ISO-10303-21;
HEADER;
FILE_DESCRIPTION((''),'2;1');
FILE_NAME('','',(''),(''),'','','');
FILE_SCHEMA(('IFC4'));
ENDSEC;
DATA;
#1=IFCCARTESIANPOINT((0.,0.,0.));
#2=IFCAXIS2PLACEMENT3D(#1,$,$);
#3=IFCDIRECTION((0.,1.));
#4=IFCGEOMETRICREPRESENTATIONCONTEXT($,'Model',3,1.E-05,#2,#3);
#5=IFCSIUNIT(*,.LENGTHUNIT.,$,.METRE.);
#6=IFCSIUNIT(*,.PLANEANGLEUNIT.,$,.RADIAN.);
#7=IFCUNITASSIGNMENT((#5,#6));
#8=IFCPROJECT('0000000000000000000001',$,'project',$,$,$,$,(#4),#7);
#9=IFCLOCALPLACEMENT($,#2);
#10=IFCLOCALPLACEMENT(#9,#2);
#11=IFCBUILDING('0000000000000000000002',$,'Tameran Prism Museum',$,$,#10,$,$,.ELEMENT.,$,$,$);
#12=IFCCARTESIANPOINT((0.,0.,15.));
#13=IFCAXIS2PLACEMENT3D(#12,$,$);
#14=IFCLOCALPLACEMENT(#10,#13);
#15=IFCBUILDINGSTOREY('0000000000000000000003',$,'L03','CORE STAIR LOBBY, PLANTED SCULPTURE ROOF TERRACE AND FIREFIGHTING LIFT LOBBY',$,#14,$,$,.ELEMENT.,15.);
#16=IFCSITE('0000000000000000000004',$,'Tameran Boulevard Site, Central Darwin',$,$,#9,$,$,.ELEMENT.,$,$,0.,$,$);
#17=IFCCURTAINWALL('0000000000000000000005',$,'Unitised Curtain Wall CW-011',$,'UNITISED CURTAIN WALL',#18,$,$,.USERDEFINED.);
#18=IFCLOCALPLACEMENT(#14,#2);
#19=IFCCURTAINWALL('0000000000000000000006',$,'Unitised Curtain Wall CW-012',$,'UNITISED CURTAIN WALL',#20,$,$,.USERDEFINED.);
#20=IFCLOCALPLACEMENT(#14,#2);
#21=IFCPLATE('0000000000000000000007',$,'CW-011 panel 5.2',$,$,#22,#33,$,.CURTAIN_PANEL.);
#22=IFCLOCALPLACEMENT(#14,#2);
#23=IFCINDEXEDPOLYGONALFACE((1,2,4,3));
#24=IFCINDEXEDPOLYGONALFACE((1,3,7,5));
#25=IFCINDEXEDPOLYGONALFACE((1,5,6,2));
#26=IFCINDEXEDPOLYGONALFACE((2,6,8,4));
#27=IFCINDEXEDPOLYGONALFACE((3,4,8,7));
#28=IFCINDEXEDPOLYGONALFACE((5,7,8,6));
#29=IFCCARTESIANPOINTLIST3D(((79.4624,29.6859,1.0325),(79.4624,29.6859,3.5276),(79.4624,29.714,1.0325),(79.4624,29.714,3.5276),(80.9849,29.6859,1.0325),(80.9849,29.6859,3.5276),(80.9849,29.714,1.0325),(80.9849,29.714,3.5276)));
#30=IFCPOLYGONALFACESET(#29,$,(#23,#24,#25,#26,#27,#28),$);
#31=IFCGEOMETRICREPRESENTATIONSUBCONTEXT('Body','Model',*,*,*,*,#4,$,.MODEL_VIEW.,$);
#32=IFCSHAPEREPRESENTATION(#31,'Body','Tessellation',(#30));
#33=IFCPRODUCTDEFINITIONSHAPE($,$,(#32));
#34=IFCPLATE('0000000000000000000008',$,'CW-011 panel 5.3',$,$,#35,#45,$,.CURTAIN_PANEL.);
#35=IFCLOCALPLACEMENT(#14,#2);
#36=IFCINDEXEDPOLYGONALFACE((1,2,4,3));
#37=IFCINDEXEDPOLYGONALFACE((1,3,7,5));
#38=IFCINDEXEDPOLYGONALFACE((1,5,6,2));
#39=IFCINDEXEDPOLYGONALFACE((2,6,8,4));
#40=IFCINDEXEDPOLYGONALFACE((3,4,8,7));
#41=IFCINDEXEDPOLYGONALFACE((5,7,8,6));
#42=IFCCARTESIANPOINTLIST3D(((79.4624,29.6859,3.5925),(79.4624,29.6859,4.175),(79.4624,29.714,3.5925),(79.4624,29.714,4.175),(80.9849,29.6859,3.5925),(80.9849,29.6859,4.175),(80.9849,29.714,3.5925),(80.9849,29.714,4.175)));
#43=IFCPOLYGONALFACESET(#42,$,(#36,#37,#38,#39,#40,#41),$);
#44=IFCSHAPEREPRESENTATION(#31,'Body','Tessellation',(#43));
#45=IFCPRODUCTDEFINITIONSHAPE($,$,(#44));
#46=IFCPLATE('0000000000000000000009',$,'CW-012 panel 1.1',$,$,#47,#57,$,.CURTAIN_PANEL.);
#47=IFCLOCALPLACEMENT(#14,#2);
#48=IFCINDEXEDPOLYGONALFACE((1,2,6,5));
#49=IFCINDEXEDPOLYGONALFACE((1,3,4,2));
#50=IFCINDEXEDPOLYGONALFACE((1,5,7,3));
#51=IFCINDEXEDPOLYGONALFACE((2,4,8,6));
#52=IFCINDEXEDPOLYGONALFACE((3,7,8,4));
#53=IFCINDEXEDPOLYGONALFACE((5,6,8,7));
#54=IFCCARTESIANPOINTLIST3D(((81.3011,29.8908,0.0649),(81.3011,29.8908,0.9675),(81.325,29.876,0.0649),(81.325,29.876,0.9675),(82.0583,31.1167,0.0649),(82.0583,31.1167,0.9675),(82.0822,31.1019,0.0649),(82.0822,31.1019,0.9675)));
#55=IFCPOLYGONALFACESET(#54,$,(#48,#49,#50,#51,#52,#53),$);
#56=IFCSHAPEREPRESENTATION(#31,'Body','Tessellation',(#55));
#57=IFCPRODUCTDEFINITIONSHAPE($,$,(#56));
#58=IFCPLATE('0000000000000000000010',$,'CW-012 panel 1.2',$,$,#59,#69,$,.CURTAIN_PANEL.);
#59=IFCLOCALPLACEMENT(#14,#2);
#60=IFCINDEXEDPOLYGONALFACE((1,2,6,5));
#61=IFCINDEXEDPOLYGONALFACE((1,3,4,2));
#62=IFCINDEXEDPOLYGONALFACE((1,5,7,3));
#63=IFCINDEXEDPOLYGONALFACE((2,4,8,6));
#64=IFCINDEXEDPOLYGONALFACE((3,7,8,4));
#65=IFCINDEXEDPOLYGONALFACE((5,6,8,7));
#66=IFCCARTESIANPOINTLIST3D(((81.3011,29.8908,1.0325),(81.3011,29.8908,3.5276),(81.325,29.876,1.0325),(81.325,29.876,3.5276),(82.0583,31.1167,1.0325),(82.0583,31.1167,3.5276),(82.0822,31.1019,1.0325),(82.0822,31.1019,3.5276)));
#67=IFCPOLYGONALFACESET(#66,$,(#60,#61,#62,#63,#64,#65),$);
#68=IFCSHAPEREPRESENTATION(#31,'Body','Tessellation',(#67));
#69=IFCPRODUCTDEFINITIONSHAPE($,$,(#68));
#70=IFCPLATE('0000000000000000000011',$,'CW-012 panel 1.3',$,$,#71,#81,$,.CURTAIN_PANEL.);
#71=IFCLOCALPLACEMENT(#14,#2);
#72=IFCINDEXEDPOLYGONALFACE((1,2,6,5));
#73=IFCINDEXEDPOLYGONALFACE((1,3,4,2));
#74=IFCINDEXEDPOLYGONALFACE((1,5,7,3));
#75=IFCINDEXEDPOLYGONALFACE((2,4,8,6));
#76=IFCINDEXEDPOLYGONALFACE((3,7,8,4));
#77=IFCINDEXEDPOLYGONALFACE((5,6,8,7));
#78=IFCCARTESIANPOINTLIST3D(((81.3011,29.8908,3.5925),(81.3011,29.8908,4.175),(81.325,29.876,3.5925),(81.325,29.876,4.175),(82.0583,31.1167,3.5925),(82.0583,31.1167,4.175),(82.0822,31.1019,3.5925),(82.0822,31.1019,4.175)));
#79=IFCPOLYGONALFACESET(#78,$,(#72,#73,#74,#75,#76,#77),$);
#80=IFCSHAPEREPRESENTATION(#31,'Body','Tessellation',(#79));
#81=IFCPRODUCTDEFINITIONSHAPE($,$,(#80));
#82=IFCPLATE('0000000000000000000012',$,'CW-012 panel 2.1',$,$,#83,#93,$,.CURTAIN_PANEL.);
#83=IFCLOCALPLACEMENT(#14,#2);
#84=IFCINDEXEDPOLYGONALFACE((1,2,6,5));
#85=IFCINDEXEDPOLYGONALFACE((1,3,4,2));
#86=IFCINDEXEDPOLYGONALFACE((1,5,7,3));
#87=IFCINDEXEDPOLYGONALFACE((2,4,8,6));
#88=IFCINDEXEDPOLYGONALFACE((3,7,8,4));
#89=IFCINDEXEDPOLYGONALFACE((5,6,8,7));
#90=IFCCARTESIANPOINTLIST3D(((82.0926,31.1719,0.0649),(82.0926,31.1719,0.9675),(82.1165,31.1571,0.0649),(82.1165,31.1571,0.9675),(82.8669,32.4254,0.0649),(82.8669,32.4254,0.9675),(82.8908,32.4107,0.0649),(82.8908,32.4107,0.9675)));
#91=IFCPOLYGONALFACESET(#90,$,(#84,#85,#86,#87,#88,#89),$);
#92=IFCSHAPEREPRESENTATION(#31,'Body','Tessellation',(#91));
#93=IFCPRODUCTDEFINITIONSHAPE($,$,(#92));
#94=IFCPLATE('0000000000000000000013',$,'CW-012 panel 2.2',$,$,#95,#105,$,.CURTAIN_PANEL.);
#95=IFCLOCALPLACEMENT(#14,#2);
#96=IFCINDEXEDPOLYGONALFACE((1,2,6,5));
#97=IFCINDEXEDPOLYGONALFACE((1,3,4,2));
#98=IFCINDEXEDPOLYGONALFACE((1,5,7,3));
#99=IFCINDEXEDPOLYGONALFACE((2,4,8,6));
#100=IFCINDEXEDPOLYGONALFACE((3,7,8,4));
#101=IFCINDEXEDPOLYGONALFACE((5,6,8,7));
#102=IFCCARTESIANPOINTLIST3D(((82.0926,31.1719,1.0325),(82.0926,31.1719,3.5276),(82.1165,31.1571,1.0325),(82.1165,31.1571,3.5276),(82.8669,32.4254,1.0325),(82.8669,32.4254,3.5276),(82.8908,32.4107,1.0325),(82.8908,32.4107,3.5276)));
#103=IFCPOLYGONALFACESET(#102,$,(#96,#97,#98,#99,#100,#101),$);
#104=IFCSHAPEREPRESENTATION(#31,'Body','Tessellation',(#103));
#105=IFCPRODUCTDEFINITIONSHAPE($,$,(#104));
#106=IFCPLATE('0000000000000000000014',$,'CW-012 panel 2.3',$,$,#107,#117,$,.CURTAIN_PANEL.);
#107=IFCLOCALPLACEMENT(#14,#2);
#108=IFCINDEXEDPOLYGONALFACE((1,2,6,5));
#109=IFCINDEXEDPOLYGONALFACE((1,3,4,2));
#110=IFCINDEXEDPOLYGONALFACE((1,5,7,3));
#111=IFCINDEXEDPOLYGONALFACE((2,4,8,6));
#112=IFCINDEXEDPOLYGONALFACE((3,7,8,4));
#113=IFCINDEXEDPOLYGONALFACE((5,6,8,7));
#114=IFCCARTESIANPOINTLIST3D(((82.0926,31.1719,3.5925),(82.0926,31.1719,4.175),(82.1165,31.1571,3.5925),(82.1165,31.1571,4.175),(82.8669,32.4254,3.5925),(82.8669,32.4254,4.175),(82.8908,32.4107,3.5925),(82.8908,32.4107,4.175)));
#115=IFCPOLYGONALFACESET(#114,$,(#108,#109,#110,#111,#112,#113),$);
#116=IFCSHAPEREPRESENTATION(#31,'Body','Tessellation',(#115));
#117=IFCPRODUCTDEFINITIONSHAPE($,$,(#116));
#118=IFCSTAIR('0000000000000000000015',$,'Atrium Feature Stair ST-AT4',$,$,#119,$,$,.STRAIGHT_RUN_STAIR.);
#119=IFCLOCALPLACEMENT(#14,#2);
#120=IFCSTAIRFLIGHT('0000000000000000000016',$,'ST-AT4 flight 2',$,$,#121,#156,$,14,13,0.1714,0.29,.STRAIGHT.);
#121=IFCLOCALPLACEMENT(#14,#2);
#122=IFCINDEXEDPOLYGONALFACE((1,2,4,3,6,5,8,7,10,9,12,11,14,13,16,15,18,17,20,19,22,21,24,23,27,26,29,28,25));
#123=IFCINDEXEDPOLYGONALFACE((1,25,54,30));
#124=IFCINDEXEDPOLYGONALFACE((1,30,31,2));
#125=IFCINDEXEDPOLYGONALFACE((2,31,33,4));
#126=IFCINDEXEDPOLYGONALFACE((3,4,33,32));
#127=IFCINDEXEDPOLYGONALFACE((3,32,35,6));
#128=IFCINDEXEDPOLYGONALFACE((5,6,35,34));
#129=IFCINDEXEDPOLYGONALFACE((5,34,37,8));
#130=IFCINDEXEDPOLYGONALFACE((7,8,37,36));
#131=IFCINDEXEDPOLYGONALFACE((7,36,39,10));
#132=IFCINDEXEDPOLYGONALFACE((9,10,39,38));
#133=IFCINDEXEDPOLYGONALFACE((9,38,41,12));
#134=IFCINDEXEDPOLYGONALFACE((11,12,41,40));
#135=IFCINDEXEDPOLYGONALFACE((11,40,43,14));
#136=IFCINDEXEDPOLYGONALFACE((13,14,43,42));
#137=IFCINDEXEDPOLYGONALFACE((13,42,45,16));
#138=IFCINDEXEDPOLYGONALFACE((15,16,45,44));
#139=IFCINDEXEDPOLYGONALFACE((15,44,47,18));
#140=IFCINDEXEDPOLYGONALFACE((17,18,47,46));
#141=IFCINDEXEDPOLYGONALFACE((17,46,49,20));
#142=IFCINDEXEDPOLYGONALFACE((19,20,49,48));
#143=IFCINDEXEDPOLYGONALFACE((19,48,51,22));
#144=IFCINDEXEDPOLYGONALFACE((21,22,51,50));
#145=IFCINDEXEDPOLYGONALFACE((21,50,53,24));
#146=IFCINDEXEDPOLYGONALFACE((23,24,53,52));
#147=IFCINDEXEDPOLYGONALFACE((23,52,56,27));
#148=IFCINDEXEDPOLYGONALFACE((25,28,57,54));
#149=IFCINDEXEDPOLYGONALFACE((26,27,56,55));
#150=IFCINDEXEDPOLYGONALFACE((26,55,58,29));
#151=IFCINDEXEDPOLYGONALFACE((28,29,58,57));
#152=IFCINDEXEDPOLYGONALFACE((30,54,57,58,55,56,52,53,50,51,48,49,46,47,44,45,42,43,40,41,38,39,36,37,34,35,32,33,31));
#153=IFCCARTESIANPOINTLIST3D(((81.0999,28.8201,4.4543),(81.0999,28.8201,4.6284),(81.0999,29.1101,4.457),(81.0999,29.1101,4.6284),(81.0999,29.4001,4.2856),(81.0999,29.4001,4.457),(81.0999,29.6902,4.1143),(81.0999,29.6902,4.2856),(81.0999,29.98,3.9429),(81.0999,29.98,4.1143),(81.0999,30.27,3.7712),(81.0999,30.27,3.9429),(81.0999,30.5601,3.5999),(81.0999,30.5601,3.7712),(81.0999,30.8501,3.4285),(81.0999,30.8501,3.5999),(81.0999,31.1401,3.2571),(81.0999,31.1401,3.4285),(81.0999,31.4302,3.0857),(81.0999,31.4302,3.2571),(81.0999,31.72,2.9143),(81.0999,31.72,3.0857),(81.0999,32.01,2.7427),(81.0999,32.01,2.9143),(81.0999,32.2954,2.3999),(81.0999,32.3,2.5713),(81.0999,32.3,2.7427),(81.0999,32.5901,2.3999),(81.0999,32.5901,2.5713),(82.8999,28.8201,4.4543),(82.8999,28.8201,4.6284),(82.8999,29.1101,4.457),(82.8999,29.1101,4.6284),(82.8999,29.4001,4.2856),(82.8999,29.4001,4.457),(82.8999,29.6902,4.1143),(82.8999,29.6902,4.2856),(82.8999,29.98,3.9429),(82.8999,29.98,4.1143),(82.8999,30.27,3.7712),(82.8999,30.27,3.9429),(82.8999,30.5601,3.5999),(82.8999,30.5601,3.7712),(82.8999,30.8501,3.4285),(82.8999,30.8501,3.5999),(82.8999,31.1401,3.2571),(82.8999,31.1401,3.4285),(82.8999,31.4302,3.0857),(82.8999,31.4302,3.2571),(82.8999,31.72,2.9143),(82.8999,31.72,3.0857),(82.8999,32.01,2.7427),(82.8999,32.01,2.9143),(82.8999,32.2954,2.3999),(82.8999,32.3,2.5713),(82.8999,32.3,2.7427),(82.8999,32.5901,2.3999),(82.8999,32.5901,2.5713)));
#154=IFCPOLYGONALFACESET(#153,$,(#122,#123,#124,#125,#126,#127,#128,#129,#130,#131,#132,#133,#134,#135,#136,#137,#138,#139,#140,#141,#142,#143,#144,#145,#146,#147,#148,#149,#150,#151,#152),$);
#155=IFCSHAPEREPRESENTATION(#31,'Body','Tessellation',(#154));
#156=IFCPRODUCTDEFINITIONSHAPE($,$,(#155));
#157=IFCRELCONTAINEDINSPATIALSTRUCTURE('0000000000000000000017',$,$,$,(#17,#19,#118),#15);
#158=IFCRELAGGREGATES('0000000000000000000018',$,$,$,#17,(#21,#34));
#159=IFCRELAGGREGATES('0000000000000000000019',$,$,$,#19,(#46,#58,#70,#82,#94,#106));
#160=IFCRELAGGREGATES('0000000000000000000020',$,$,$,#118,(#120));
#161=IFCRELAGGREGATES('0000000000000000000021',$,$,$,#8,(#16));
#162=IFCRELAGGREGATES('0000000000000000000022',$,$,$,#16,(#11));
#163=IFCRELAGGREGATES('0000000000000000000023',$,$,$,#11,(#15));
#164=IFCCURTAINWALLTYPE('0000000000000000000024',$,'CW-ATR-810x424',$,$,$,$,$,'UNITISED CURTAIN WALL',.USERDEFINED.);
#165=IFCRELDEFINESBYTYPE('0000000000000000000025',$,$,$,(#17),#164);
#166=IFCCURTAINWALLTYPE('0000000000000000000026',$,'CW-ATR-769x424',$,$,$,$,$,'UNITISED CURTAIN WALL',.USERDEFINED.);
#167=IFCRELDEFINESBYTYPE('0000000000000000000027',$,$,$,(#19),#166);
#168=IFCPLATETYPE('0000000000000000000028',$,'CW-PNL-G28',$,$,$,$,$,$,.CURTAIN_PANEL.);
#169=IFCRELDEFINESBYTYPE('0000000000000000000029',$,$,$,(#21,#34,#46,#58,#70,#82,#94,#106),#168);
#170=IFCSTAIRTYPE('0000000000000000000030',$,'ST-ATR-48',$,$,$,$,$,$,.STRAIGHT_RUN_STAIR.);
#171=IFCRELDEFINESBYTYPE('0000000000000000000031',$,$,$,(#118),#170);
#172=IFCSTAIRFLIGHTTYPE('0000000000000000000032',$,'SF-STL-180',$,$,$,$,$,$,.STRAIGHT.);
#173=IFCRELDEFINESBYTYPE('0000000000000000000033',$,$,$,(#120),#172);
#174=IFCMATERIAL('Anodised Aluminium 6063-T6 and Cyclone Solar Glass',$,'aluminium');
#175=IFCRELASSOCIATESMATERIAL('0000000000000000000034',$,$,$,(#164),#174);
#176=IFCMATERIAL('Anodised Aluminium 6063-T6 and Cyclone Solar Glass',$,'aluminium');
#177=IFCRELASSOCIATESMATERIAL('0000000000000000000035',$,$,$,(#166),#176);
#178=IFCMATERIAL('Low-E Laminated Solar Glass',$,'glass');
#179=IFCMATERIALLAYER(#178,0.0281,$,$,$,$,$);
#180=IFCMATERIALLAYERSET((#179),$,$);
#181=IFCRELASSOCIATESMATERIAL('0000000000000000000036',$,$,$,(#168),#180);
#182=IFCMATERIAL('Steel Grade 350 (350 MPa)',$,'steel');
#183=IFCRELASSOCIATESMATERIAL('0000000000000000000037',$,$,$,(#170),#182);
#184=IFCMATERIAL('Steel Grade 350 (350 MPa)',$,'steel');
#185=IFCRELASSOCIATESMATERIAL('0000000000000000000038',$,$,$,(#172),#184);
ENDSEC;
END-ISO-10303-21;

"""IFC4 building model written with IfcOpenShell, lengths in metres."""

from ifc_helpers import new_model, si_unit, direction, frame, origin, origin_2d, place, context, subcontext, project, spatial, polyline, rectangle, outline, extrude, material, layer, layer_set, type_object, element, aggregate, save


model = new_model("IFC4")

# Units and contexts
model_context = context("Model", 3, precision=1e-05, world=origin(), true_north=direction((0.0, 1.0)))
body_context = subcontext(model_context, "Body", "Model", "MODEL_VIEW")
ifc_project = project(units=[si_unit("LENGTHUNIT", "METRE"), si_unit("PLANEANGLEUNIT", "RADIAN")], contexts=[model_context])

# Site, building, storey
site_placement = place(None, origin())
site = spatial("IfcSite", under=ifc_project, at=site_placement, Name="Tameran Boulevard Site, Central Darwin", CompositionType="ELEMENT", RefElevation=0.0)
building_placement = place(site_placement, origin())
building = spatial("IfcBuilding", under=site, at=building_placement, Name="Tameran Prism Museum", CompositionType="ELEMENT")
storey_placement = place(building_placement, frame((0.0, 0.0, 15.0)))
storey = spatial("IfcBuildingStorey", under=building, at=storey_placement, Name="L03", Description="CORE STAIR LOBBY, PLANTED SCULPTURE ROOF TERRACE AND FIREFIGHTING LIFT LOBBY", CompositionType="ELEMENT", Elevation=15.0)

# Curtain walls
ifc_material_1 = material(Name="Anodised Aluminium 6063-T6 and Cyclone Solar Glass", Category="aluminium")
curtain_wall_type_1 = type_object("IfcCurtainWallType", Name="CW-ATR-810x424", ElementType="UNITISED CURTAIN WALL", PredefinedType="USERDEFINED", material=ifc_material_1)
curtain_wall_1_placement = place(storey_placement, origin())
curtain_wall_1 = element("IfcCurtainWall", 1, at=curtain_wall_1_placement, inside=storey, type_object=curtain_wall_type_1, Name="Unitised Curtain Wall CW-011", ObjectType="UNITISED CURTAIN WALL", PredefinedType="USERDEFINED")
ifc_material_2 = material(Name="Anodised Aluminium 6063-T6 and Cyclone Solar Glass", Category="aluminium")
curtain_wall_type_2 = type_object("IfcCurtainWallType", Name="CW-ATR-769x424", ElementType="UNITISED CURTAIN WALL", PredefinedType="USERDEFINED", material=ifc_material_2)
curtain_wall_2_placement = place(storey_placement, origin())
curtain_wall_2 = element("IfcCurtainWall", 2, at=curtain_wall_2_placement, inside=storey, type_object=curtain_wall_type_2, Name="Unitised Curtain Wall CW-012", ObjectType="UNITISED CURTAIN WALL", PredefinedType="USERDEFINED")

# Plates
ifc_material_3 = material(Name="Low-E Laminated Solar Glass", Category="glass")
ifc_layer_1 = layer(ifc_material_3, 0.0281)
ifc_layer_set_1 = layer_set([ifc_layer_1])
plate_type = type_object("IfcPlateType", Name="CW-PNL-G28", PredefinedType="CURTAIN_PANEL", material=ifc_layer_set_1)
plate_1_placement = place(storey_placement, frame((80.2236, 29.7, 1.0325), z_axis=(0.0, 0.0, 1.0), x_axis=(1.0, 0.0, 0.0)))
plate_1 = element("IfcPlate", 3, at=plate_1_placement, type_object=plate_type, Name="CW-011 panel 5.2", PredefinedType="CURTAIN_PANEL", context=body_context, shape_type="SweptSolid", body=[
    extrude(rectangle(XDim=1.5225, YDim=0.0281, at=origin_2d()), origin(), (0.0, 0.0, 1.0), 2.4951),
])
plate_2_placement = place(storey_placement, frame((80.2236, 29.7, 3.5925), z_axis=(0.0, 0.0, 1.0), x_axis=(1.0, 0.0, 0.0)))
plate_2 = element("IfcPlate", 4, at=plate_2_placement, type_object=plate_type, Name="CW-011 panel 5.3", PredefinedType="CURTAIN_PANEL", context=body_context, shape_type="SweptSolid", body=[
    extrude(rectangle(XDim=1.5225, YDim=0.0281, at=origin_2d()), origin(), (0.0, 0.0, 1.0), 0.5825),
])
aggregate(curtain_wall_1, [plate_1, plate_2])
plate_3_placement = place(storey_placement, frame((81.6917, 30.4963, 0.0649), z_axis=(0.0, 0.0, 1.0), x_axis=(0.525504, 0.850791, 0.0)))
plate_3 = element("IfcPlate", 5, at=plate_3_placement, type_object=plate_type, Name="CW-012 panel 1.1", PredefinedType="CURTAIN_PANEL", context=body_context, shape_type="SweptSolid", body=[
    extrude(rectangle(XDim=1.4409, YDim=0.0281, at=origin_2d()), origin(), (0.0, 0.0, 1.0), 0.9026),
])
plate_4_placement = place(storey_placement, frame((81.6917, 30.4963, 1.0325), z_axis=(0.0, 0.0, 1.0), x_axis=(0.525504, 0.850791, 0.0)))
plate_4 = element("IfcPlate", 6, at=plate_4_placement, type_object=plate_type, Name="CW-012 panel 1.2", PredefinedType="CURTAIN_PANEL", context=body_context, shape_type="SweptSolid", body=[
    extrude(rectangle(XDim=1.4409, YDim=0.0281, at=origin_2d()), origin(), (0.0, 0.0, 1.0), 2.4951),
])
plate_5_placement = place(storey_placement, frame((81.6917, 30.4963, 3.5925), z_axis=(0.0, 0.0, 1.0), x_axis=(0.525504, 0.850791, 0.0)))
plate_5 = element("IfcPlate", 7, at=plate_5_placement, type_object=plate_type, Name="CW-012 panel 1.3", PredefinedType="CURTAIN_PANEL", context=body_context, shape_type="SweptSolid", body=[
    extrude(rectangle(XDim=1.4409, YDim=0.0281, at=origin_2d()), origin(), (0.0, 0.0, 1.0), 0.5825),
])
plate_6_placement = place(storey_placement, frame((82.4917, 31.7913, 0.0649), z_axis=(0.0, 0.0, 1.0), x_axis=(0.525504, 0.850791, 0.0)))
plate_6 = element("IfcPlate", 8, at=plate_6_placement, type_object=plate_type, Name="CW-012 panel 2.1", PredefinedType="CURTAIN_PANEL", context=body_context, shape_type="SweptSolid", body=[
    extrude(rectangle(XDim=1.4734, YDim=0.0281, at=origin_2d()), origin(), (0.0, 0.0, 1.0), 0.9026),
])
plate_7_placement = place(storey_placement, frame((82.4917, 31.7913, 1.0325), z_axis=(0.0, 0.0, 1.0), x_axis=(0.525504, 0.850791, 0.0)))
plate_7 = element("IfcPlate", 9, at=plate_7_placement, type_object=plate_type, Name="CW-012 panel 2.2", PredefinedType="CURTAIN_PANEL", context=body_context, shape_type="SweptSolid", body=[
    extrude(rectangle(XDim=1.4734, YDim=0.0281, at=origin_2d()), origin(), (0.0, 0.0, 1.0), 2.4951),
])
plate_8_placement = place(storey_placement, frame((82.4917, 31.7913, 3.5925), z_axis=(0.0, 0.0, 1.0), x_axis=(0.525504, 0.850791, 0.0)))
plate_8 = element("IfcPlate", 10, at=plate_8_placement, type_object=plate_type, Name="CW-012 panel 2.3", PredefinedType="CURTAIN_PANEL", context=body_context, shape_type="SweptSolid", body=[
    extrude(rectangle(XDim=1.4734, YDim=0.0281, at=origin_2d()), origin(), (0.0, 0.0, 1.0), 0.5825),
])
aggregate(curtain_wall_2, [plate_3, plate_4, plate_5, plate_6, plate_7, plate_8])

# Stair, stair flight
ifc_material_4 = material(Name="Steel Grade 350 (350 MPa)", Category="steel")
stair_type = type_object("IfcStairType", Name="ST-ATR-48", PredefinedType="STRAIGHT_RUN_STAIR", material=ifc_material_4)
stair_placement = place(storey_placement, origin())
stair = element("IfcStair", 11, at=stair_placement, inside=storey, type_object=stair_type, Name="Atrium Feature Stair ST-AT4", PredefinedType="STRAIGHT_RUN_STAIR")
ifc_material_5 = material(Name="Steel Grade 350 (350 MPa)", Category="steel")
stair_flight_type = type_object("IfcStairFlightType", Name="SF-STL-180", PredefinedType="STRAIGHT", material=ifc_material_5)
stair_flight_placement = place(storey_placement, frame((82.0, 32.5901, 2.3999), z_axis=(0.0, 0.0, 1.0), x_axis=(0.0, -1.0, 0.0)))
stair_flight = element("IfcStairFlight", 12, at=stair_flight_placement, type_object=stair_flight_type, Name="ST-AT4 flight 2", NumberOfRisers=14, NumberOfTreads=13, PredefinedType="STRAIGHT", RiserHeight=0.1714, TreadLength=0.29, context=body_context, shape_type="SweptSolid", body=[
    extrude(outline(polyline([(0.0, 0.0), (0.0, 0.1714), (0.29, 0.1714), (0.29, 0.3428), (0.5801, 0.3428), (0.5801, 0.5144), (0.8701, 0.5144), (0.8701, 0.6858), (1.1599, 0.6858), (1.1599, 0.8572), (1.45, 0.8572), (1.45, 1.0286), (1.74, 1.0286), (1.74, 1.2), (2.03, 1.2), (2.03, 1.3713), (2.3201, 1.3713), (2.3201, 1.543), (2.6101, 1.543), (2.6101, 1.7144), (2.8999, 1.7144), (2.8999, 1.8857), (3.1899, 1.8857), (3.1899, 2.0571), (3.48, 2.0571), (3.48, 2.2285), (3.77, 2.2285), (3.77, 2.3999), (3.77, 2.0544), (0.2947, 0.0), (0.0, 0.0)])), frame((0.0, 0.8999, 0.0), z_axis=(0.0, -1.0, 0.0), x_axis=(1.0, 0.0, 0.0)), (0.0, 0.0, 1.0), 1.8),
])
aggregate(stair, [stair_flight])

save(model, "model.ifc")
